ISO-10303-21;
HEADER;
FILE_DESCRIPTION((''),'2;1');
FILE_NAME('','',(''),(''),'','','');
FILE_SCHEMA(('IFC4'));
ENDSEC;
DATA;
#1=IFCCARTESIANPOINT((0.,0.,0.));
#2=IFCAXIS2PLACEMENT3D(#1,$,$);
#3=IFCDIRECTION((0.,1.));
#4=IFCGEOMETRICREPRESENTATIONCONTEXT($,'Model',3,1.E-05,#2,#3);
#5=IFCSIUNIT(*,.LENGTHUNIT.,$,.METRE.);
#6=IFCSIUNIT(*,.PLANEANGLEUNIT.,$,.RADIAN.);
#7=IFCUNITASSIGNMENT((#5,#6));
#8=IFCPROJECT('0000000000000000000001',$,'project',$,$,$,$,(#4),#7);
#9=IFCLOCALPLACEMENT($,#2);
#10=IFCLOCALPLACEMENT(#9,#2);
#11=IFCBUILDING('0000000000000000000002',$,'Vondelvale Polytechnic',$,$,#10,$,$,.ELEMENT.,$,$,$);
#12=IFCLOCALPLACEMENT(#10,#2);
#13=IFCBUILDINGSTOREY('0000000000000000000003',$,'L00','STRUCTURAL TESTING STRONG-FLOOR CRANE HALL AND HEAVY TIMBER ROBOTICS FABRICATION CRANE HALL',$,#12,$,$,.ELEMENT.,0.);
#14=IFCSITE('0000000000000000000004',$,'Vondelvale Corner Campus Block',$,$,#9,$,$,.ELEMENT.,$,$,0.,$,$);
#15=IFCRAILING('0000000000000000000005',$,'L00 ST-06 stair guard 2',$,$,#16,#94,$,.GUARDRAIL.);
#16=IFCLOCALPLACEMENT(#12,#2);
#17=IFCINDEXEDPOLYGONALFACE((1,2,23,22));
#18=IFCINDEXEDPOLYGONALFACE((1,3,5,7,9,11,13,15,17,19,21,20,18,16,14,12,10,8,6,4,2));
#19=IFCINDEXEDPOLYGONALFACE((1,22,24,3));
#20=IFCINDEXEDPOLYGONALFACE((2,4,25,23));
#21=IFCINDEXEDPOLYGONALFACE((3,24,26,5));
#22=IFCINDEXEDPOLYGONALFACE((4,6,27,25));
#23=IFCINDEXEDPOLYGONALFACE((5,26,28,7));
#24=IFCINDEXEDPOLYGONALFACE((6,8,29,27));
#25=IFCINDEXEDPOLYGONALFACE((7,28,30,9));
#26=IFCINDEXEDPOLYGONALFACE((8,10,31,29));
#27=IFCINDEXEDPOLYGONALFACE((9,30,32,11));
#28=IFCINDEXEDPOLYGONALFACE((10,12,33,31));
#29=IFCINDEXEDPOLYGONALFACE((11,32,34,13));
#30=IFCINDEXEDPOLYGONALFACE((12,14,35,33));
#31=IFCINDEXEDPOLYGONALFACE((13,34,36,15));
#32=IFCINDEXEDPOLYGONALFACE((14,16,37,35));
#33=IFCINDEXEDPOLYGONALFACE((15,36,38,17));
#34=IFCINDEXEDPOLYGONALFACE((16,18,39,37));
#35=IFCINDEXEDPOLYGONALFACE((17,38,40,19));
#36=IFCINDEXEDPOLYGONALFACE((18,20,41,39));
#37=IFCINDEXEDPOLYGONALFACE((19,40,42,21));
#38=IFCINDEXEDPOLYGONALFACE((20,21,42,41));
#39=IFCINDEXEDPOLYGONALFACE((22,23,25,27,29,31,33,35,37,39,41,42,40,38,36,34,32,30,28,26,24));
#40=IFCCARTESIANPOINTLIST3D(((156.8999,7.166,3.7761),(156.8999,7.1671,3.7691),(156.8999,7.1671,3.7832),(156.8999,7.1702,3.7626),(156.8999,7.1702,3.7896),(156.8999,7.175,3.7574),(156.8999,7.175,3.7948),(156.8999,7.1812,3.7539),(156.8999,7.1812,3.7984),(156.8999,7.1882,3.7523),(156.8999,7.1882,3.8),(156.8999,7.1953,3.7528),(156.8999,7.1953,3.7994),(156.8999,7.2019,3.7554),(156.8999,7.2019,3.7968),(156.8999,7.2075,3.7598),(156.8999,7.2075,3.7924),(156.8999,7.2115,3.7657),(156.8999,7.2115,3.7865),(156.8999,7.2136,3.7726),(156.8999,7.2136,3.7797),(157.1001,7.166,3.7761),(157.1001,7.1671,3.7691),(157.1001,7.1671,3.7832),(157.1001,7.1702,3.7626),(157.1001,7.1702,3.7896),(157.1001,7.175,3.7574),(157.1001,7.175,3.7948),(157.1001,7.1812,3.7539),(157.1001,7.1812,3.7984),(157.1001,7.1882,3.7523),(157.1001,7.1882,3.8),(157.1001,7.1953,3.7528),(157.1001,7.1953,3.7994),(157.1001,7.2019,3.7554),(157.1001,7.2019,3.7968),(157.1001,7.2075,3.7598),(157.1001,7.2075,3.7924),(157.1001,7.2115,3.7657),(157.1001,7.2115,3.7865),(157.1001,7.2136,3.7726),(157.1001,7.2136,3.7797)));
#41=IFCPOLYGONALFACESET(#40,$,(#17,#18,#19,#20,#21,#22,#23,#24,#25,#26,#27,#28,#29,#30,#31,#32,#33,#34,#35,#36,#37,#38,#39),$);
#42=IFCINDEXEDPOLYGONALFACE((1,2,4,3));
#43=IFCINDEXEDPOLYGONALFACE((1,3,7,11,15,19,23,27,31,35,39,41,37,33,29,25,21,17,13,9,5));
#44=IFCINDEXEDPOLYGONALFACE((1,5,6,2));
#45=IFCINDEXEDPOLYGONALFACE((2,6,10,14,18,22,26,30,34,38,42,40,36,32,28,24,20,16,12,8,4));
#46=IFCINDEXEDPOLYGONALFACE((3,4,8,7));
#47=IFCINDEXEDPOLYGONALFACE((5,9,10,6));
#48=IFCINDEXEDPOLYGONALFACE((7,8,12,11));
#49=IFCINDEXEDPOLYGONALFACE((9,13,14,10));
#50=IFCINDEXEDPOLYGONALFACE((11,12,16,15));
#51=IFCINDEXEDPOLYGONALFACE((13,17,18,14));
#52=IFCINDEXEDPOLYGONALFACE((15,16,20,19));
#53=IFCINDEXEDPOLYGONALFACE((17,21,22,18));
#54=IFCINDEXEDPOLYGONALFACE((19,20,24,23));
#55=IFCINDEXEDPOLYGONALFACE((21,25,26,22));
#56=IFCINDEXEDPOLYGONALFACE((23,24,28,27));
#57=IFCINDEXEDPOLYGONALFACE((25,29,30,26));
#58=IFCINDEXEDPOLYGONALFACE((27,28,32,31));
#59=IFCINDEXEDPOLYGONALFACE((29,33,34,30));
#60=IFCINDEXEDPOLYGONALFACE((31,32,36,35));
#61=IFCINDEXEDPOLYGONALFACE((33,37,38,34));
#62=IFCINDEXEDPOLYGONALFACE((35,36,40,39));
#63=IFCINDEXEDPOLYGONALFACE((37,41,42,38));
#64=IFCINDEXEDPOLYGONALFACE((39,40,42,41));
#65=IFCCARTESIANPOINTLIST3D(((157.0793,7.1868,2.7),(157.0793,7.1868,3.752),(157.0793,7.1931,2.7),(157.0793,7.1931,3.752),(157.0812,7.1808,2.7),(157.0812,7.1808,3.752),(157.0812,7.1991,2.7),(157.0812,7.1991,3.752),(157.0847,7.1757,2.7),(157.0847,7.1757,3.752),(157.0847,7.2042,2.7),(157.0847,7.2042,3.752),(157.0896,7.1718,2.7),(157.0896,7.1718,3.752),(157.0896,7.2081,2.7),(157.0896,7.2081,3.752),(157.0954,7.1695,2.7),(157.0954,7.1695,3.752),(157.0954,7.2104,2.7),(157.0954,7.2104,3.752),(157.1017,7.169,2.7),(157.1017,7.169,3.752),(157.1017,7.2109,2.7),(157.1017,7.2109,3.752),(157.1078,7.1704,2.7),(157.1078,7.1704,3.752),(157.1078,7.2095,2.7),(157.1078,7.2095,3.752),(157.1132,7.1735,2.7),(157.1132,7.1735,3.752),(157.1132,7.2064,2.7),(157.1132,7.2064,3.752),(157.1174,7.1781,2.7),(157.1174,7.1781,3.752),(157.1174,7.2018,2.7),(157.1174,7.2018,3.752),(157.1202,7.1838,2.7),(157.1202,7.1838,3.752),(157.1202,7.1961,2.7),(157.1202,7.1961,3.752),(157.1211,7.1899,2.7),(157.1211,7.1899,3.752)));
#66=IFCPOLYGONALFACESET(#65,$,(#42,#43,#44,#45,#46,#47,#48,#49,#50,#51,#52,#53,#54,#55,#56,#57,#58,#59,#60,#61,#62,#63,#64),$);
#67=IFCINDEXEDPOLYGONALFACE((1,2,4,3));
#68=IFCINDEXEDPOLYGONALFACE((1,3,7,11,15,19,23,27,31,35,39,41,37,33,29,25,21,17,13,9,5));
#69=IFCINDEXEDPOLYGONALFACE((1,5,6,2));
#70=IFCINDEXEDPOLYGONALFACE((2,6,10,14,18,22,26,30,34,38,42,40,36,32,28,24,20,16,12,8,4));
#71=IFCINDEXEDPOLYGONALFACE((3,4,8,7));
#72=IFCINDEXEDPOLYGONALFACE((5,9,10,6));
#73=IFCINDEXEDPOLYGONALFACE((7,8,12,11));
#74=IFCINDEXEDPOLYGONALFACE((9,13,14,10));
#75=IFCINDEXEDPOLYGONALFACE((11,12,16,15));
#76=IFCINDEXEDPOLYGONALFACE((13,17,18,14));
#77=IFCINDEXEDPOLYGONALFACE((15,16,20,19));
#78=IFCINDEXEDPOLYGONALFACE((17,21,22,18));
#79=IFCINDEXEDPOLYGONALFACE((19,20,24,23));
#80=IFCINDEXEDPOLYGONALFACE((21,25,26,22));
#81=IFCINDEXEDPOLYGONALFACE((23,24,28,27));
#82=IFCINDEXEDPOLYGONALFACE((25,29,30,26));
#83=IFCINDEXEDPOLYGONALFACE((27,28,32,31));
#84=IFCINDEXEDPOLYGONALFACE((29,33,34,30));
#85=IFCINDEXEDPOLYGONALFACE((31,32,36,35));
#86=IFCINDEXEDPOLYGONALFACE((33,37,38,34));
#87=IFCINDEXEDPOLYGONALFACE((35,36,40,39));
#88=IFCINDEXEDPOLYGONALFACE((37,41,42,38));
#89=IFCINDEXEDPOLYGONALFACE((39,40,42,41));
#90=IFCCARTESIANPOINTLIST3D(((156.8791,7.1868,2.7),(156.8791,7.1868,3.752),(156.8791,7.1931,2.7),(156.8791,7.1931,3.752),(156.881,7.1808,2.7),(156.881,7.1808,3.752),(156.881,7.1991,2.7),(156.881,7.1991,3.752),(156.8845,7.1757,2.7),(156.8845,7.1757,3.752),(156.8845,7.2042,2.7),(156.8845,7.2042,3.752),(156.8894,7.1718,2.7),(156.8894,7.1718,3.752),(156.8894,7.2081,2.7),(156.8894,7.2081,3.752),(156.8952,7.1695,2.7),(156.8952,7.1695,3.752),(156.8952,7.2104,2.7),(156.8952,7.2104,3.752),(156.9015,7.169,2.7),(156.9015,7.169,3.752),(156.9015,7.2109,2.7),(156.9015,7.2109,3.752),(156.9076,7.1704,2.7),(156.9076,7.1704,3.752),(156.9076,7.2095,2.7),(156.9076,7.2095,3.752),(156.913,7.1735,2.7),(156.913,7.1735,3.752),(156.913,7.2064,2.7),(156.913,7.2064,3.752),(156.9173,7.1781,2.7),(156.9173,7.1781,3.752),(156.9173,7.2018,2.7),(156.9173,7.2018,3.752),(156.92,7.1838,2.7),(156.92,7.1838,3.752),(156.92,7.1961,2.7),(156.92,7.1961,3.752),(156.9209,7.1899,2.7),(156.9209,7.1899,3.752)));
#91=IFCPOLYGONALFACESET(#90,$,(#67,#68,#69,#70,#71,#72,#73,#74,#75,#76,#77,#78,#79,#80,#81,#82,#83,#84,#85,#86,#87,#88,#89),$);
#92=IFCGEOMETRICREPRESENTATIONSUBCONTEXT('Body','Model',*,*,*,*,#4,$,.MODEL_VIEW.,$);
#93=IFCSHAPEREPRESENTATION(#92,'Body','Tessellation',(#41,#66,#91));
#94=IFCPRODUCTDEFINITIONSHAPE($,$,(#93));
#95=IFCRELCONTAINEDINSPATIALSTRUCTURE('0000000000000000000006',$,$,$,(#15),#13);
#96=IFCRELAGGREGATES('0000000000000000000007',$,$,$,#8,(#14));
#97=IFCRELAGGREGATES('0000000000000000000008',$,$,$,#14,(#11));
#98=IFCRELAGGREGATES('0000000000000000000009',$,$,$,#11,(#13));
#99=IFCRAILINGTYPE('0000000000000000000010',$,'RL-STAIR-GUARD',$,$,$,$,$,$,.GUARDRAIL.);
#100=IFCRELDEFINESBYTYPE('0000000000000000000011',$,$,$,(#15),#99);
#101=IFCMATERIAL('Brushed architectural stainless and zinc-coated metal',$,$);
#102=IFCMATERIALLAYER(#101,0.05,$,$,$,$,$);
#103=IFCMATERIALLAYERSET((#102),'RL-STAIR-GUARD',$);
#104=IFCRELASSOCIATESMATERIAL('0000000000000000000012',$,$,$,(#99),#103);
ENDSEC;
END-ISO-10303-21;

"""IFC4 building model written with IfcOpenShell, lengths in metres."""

from ifc_helpers import new_model, si_unit, direction, frame, origin, origin_2d, place, context, subcontext, project, spatial, circle, extrude, material, layer, layer_set, type_object, element, save


model = new_model("IFC4")

# Units and contexts
model_context = context("Model", 3, precision=1e-05, world=origin(), true_north=direction((0.0, 1.0)))
body_context = subcontext(model_context, "Body", "Model", "MODEL_VIEW")
ifc_project = project(units=[si_unit("LENGTHUNIT", "METRE"), si_unit("PLANEANGLEUNIT", "RADIAN")], contexts=[model_context])

# Site, building, storey
site_placement = place(None, origin())
site = spatial("IfcSite", under=ifc_project, at=site_placement, Name="Vondelvale Corner Campus Block", CompositionType="ELEMENT", RefElevation=0.0)
building_placement = place(site_placement, origin())
building = spatial("IfcBuilding", under=site, at=building_placement, Name="Vondelvale Polytechnic", CompositionType="ELEMENT")
storey_placement = place(building_placement, origin())
storey = spatial("IfcBuildingStorey", under=building, at=storey_placement, Name="L00", Description="STRUCTURAL TESTING STRONG-FLOOR CRANE HALL AND HEAVY TIMBER ROBOTICS FABRICATION CRANE HALL", CompositionType="ELEMENT", Elevation=0.0)

# Railing
ifc_material_1 = material(Name="Brushed architectural stainless and zinc-coated metal")
ifc_layer_1 = layer(ifc_material_1, 0.05)
ifc_layer_set_1 = layer_set([ifc_layer_1], Name="RL-STAIR-GUARD")
railing_type_1 = type_object("IfcRailingType", Name="RL-STAIR-GUARD", PredefinedType="GUARDRAIL", material=ifc_layer_set_1)
railing_1_placement = place(storey_placement, frame((157.1001, 7.1899, 2.7)))
element("IfcRailing", 1, at=railing_1_placement, inside=storey, type_object=railing_type_1, Name="L00 ST-06 stair guard 2", PredefinedType="GUARDRAIL", context=body_context, shape_type="SweptSolid", body=[
    extrude(circle(Radius=0.0239, at=origin_2d()), frame((0.0, 0.0, 1.0762), z_axis=(-1.0, 0.0, 0.0), x_axis=(0.0, -1.0, 0.0)), (0.0, 0.0, 1.0), 0.2002),
    extrude(circle(Radius=0.021, at=origin_2d()), origin(), (0.0, 0.0, 1.0), 1.052),
    extrude(circle(Radius=0.021, at=origin_2d()), frame((-0.2002, 0.0, 0.0)), (0.0, 0.0, 1.0), 1.052),
])

save(model, "model.ifc")
